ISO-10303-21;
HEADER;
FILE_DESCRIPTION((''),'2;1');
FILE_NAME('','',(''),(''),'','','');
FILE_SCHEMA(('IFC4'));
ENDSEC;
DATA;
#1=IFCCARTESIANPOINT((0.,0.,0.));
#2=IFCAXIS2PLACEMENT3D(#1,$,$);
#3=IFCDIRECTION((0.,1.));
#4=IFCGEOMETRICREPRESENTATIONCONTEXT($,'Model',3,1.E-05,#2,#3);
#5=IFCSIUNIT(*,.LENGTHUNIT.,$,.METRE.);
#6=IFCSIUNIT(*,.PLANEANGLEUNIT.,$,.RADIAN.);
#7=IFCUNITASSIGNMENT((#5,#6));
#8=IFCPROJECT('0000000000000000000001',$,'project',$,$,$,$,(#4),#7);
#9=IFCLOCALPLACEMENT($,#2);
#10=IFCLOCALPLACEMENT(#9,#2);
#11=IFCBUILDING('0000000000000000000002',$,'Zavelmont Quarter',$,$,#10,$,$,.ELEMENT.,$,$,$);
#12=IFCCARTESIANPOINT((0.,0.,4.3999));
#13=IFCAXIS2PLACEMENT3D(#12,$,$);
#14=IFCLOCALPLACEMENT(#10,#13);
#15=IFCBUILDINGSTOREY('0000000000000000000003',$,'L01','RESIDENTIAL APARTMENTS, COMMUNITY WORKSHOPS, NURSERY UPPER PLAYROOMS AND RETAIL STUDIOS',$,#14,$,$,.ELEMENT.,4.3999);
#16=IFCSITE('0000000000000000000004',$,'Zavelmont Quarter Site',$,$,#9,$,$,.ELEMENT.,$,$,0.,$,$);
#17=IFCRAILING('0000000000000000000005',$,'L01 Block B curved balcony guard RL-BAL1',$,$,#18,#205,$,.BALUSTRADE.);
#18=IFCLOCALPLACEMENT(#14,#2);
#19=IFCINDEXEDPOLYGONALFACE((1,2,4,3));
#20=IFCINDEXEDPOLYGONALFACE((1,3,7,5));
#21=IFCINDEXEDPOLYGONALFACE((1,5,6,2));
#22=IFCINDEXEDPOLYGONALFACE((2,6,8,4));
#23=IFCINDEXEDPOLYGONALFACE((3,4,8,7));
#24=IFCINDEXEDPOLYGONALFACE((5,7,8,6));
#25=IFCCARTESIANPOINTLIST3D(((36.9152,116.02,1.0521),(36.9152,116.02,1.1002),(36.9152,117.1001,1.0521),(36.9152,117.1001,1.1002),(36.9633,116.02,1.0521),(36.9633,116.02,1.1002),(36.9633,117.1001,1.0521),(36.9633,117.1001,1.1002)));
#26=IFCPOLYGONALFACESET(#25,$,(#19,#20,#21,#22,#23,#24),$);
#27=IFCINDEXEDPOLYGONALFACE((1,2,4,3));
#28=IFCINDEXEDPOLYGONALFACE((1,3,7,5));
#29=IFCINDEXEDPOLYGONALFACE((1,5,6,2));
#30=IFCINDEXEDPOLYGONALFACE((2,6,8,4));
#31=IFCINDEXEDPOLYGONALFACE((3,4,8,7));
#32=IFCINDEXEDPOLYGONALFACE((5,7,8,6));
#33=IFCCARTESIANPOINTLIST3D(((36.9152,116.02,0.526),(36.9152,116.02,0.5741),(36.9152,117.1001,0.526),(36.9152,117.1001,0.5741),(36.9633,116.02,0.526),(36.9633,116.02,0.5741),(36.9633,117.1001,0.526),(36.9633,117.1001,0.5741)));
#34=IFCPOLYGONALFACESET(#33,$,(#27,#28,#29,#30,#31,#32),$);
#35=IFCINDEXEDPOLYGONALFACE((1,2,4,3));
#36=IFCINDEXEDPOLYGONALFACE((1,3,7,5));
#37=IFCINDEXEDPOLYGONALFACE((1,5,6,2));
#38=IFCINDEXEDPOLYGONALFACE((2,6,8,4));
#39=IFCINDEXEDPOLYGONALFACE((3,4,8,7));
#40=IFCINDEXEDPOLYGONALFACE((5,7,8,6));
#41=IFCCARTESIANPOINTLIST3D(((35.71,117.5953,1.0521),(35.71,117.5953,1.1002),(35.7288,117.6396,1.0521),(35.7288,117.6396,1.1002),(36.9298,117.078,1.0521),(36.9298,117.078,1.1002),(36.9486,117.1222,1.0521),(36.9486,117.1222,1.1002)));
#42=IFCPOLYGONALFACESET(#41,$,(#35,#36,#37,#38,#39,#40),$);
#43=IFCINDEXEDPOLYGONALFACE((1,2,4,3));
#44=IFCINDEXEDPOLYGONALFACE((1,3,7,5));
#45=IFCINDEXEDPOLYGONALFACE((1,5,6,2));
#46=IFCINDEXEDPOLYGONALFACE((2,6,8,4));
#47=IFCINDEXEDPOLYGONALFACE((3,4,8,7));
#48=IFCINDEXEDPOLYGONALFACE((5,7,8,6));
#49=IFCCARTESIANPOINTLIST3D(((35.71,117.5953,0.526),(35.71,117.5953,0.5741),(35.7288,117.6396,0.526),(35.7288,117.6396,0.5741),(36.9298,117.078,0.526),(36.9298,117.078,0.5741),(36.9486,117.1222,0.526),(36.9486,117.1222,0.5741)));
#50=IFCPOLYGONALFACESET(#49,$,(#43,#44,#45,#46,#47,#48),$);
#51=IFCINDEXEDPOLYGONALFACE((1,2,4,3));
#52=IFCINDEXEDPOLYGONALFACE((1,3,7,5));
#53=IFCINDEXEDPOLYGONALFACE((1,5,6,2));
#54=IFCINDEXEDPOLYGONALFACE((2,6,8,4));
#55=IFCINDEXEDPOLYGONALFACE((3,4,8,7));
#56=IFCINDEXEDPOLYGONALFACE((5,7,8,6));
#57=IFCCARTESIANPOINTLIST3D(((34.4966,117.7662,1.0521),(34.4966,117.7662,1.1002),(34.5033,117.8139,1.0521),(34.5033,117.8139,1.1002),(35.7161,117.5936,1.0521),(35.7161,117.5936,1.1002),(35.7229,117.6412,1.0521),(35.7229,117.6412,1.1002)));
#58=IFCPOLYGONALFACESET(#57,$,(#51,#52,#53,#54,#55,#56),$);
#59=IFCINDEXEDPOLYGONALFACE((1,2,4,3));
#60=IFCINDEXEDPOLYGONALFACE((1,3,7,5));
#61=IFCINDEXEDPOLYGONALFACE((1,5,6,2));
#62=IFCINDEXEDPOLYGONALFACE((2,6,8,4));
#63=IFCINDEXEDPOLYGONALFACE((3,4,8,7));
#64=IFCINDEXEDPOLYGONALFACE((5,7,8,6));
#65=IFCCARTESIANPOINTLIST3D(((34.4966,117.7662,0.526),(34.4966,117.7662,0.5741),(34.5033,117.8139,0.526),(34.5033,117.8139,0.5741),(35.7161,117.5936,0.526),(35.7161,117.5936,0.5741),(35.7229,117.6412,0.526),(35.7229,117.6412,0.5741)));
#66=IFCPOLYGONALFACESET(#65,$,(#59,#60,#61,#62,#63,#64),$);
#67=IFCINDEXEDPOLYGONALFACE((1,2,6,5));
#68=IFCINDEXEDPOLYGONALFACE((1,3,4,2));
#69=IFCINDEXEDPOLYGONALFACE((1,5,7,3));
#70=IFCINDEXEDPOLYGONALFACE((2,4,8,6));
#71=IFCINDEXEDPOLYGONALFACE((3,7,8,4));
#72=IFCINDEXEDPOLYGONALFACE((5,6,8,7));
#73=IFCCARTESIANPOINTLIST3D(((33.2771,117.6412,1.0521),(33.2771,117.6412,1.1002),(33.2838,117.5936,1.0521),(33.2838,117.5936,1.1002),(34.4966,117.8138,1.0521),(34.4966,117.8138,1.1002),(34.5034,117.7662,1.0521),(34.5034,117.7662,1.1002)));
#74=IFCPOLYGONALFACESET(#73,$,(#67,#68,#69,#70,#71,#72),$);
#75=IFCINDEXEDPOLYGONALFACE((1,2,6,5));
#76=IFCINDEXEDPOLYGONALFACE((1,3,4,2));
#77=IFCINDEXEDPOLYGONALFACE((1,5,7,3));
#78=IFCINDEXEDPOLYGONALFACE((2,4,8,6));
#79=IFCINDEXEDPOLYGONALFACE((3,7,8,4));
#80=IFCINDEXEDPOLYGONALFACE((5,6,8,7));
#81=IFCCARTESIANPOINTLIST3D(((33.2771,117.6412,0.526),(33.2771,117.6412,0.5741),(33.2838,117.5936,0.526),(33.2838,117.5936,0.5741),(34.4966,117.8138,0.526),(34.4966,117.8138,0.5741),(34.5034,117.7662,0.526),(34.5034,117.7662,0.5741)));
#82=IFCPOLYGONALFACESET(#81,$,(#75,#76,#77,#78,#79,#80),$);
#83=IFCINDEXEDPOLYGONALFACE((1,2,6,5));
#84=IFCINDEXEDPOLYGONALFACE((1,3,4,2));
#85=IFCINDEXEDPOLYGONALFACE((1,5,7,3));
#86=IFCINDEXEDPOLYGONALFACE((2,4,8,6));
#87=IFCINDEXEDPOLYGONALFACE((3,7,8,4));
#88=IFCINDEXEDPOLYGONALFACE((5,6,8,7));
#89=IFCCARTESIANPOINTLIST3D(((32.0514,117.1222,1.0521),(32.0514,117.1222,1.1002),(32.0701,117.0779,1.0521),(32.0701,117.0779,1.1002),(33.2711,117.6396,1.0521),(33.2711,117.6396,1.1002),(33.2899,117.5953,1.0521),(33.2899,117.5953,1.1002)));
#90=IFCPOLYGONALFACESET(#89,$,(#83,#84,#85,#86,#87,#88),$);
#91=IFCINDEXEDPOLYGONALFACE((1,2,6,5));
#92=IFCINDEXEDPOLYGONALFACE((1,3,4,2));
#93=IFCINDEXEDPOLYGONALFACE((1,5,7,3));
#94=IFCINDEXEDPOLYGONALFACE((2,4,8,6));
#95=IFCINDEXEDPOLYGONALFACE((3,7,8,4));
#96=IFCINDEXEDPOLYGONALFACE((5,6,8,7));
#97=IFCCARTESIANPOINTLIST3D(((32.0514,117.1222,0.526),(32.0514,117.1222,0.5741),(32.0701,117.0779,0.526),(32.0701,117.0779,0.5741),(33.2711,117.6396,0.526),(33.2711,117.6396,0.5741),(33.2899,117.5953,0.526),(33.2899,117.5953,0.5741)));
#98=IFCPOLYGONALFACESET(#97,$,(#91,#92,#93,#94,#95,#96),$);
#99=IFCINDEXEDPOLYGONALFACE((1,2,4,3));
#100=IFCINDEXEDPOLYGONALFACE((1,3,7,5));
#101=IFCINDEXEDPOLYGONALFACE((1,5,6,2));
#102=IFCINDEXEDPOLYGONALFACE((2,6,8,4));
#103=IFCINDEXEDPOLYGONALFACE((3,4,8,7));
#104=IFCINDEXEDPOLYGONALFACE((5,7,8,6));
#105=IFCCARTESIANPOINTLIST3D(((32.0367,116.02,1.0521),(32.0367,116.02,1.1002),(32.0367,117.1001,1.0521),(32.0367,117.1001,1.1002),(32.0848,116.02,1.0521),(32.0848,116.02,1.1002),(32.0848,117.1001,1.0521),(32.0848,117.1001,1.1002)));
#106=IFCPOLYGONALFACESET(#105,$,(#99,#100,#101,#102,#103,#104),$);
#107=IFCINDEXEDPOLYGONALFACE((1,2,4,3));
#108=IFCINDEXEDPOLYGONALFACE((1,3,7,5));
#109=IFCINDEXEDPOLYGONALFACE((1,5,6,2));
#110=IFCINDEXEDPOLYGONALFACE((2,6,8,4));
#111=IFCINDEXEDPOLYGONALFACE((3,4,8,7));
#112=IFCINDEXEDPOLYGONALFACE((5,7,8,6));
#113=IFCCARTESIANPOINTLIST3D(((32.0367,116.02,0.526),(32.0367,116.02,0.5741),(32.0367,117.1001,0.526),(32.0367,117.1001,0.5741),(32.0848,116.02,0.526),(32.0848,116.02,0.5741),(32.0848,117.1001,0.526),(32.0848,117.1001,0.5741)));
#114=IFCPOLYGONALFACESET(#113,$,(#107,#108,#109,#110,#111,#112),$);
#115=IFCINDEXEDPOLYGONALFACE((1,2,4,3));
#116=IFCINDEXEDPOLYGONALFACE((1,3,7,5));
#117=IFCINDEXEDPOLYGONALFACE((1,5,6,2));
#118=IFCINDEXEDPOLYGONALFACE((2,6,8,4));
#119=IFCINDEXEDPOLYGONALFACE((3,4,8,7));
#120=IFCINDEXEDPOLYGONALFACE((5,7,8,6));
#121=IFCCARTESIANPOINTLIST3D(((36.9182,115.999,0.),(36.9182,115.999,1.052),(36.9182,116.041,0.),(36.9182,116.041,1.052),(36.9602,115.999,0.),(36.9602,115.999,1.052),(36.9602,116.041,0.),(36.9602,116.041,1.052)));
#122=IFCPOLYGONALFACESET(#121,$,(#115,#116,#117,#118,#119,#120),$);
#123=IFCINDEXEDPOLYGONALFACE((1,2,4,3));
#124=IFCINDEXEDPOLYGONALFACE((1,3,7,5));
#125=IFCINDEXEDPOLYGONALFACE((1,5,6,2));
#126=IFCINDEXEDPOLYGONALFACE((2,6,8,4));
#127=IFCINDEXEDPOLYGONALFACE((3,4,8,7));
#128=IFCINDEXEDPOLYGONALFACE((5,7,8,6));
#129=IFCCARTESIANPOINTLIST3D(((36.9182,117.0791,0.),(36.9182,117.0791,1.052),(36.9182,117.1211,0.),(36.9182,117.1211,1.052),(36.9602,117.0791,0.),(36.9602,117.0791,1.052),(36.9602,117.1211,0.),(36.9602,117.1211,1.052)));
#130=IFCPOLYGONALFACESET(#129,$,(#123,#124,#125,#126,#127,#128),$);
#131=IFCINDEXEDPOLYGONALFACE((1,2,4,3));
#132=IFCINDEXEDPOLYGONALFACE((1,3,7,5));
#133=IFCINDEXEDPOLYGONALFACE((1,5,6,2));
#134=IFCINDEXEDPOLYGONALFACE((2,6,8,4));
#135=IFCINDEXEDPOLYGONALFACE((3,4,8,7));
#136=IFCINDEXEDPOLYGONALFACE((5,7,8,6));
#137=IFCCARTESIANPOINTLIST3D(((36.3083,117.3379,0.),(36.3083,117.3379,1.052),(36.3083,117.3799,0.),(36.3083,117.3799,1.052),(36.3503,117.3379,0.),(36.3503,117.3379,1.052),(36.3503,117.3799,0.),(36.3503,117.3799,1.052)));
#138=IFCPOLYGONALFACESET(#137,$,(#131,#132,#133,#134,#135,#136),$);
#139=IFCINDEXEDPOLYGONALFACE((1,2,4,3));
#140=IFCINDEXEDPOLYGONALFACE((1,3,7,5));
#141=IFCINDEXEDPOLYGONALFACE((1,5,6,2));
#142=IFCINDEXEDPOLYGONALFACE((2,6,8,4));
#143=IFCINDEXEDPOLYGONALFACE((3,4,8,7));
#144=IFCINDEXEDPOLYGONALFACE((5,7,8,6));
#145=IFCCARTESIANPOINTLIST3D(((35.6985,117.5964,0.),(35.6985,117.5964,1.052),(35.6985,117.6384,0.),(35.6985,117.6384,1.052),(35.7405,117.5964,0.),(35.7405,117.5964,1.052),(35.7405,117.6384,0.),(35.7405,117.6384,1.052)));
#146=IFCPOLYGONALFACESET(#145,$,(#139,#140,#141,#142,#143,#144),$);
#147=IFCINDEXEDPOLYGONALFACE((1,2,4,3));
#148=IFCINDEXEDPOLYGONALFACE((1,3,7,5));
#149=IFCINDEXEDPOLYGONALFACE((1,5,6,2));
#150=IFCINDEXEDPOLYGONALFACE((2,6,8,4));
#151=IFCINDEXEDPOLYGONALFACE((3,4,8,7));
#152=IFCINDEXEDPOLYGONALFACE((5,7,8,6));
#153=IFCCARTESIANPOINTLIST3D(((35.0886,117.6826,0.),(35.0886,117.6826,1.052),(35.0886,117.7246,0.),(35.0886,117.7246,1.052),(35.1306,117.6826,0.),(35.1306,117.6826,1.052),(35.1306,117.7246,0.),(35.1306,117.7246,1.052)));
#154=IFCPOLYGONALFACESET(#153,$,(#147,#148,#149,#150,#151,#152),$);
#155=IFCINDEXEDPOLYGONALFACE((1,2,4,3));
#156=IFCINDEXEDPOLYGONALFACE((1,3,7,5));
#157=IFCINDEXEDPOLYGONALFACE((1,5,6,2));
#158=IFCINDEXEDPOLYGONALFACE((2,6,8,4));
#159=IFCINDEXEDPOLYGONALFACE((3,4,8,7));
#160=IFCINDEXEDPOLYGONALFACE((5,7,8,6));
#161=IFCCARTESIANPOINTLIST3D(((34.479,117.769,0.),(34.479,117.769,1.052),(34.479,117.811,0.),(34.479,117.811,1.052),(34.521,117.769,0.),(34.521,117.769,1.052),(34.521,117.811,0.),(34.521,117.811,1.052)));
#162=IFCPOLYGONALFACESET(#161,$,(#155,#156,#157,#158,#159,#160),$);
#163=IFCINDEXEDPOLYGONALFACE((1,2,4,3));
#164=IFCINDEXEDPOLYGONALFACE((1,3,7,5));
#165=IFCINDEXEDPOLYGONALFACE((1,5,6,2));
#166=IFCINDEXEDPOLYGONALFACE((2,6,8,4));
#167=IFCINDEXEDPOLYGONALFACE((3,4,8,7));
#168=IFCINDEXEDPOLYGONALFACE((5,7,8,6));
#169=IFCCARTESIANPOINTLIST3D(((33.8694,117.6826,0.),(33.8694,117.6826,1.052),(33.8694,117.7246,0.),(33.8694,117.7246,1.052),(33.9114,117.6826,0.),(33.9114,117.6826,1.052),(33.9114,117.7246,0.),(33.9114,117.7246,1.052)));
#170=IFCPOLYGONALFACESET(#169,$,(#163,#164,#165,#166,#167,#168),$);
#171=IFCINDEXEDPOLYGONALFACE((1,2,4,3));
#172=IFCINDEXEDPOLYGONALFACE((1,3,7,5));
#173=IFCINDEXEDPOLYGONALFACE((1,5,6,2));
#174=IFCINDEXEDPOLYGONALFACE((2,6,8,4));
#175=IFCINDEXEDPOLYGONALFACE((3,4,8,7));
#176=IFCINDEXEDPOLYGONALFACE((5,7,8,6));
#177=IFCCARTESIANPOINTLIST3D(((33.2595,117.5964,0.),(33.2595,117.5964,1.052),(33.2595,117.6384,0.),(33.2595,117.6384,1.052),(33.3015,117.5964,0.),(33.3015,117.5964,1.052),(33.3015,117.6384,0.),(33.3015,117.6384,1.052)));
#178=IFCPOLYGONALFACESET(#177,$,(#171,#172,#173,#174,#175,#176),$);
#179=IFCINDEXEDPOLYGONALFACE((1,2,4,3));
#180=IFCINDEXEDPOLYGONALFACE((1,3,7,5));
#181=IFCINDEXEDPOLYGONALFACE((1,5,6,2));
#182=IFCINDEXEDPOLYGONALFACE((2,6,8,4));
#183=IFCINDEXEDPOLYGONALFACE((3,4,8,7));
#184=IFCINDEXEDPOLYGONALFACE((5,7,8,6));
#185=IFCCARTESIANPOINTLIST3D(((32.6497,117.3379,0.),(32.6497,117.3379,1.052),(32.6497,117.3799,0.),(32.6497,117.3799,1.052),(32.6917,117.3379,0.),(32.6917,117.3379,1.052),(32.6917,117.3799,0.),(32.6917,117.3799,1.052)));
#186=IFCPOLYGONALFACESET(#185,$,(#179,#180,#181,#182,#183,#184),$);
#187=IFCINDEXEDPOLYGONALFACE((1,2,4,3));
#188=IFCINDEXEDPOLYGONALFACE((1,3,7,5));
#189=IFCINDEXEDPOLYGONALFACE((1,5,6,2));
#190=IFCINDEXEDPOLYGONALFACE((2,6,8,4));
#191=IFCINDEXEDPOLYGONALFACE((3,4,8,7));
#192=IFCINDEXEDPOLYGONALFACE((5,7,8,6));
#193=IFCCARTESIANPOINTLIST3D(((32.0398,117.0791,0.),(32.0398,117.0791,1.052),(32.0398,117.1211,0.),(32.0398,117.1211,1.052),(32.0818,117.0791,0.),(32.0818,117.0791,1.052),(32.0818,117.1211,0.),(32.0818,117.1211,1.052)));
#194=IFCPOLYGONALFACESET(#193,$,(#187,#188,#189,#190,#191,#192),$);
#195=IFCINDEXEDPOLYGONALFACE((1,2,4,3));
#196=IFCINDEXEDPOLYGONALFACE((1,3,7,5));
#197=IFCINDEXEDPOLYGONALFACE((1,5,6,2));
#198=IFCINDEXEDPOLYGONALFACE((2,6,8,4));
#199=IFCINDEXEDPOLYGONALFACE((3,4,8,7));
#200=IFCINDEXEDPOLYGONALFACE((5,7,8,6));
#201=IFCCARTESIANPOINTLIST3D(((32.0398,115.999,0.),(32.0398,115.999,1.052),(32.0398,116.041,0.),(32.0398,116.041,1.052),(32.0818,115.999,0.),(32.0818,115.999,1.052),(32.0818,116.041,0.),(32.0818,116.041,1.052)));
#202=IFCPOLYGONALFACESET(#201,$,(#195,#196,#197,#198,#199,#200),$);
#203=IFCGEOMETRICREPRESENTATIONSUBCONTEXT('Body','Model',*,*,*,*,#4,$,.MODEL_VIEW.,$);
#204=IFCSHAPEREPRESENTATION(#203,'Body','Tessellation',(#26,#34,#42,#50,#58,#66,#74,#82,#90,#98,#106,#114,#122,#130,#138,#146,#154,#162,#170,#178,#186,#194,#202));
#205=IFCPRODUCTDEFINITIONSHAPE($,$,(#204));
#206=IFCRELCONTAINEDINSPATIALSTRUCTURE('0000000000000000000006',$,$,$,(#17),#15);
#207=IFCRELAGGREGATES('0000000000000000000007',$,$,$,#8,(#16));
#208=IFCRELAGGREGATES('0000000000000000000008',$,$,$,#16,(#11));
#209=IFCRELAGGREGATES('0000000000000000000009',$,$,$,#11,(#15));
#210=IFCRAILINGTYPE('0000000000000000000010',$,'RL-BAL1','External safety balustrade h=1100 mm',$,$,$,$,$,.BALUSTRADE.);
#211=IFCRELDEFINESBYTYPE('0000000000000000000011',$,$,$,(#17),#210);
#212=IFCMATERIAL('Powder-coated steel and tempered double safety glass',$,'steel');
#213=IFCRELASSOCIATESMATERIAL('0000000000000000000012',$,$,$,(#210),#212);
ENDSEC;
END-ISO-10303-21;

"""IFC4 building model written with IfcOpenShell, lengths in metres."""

from ifc_helpers import new_model, si_unit, direction, frame, origin, origin_2d, place, context, subcontext, project, spatial, rectangle, extrude, material, type_object, element, save


model = new_model("IFC4")

# Units and contexts
model_context = context("Model", 3, precision=1e-05, world=origin(), true_north=direction((0.0, 1.0)))
body_context = subcontext(model_context, "Body", "Model", "MODEL_VIEW")
ifc_project = project(units=[si_unit("LENGTHUNIT", "METRE"), si_unit("PLANEANGLEUNIT", "RADIAN")], contexts=[model_context])

# Site, building, storey
site_placement = place(None, origin())
site = spatial("IfcSite", under=ifc_project, at=site_placement, Name="Zavelmont Quarter Site", CompositionType="ELEMENT", RefElevation=0.0)
building_placement = place(site_placement, origin())
building = spatial("IfcBuilding", under=site, at=building_placement, Name="Zavelmont Quarter", CompositionType="ELEMENT")
storey_placement = place(building_placement, frame((0.0, 0.0, 4.3999)))
storey = spatial("IfcBuildingStorey", under=building, at=storey_placement, Name="L01", Description="RESIDENTIAL APARTMENTS, COMMUNITY WORKSHOPS, NURSERY UPPER PLAYROOMS AND RETAIL STUDIOS", CompositionType="ELEMENT", Elevation=4.3999)

# Railing
ifc_material_1 = material(Name="Powder-coated steel and tempered double safety glass", Category="steel")
railing_type = type_object("IfcRailingType", Name="RL-BAL1", Description="External safety balustrade h=1100 mm", PredefinedType="BALUSTRADE", material=ifc_material_1)
railing_placement = place(storey_placement, frame((36.9392, 116.02, 0.0)))
element("IfcRailing", 1, at=railing_placement, inside=storey, type_object=railing_type, Name="L01 Block B curved balcony guard RL-BAL1", PredefinedType="BALUSTRADE", context=body_context, shape_type="SweptSolid", body=[
    extrude(rectangle(XDim=0.0481, YDim=0.0481, at=origin_2d()), frame((0.0, 0.0, 1.0762), z_axis=(0.0, 1.0, 0.0), x_axis=(-1.0, 0.0, 0.0)), (0.0, 0.0, 1.0), 1.0801),
    extrude(rectangle(XDim=0.0481, YDim=0.0481, at=origin_2d()), frame((0.0, 0.0, 0.55), z_axis=(0.0, 1.0, 0.0), x_axis=(-1.0, 0.0, 0.0)), (0.0, 0.0, 1.0), 1.0801),
    extrude(rectangle(XDim=0.0481, YDim=0.0481, at=origin_2d()), frame((0.0, 1.0801, 1.0762), z_axis=(-0.920616, 0.390469, 0.0), x_axis=(-0.390469, -0.920616, 0.0)), (0.0, 0.0, 1.0), 1.325),
    extrude(rectangle(XDim=0.0481, YDim=0.0481, at=origin_2d()), frame((0.0, 1.0801, 0.55), z_axis=(-0.920616, 0.390469, 0.0), x_axis=(-0.390469, -0.920616, 0.0)), (0.0, 0.0, 1.0), 1.325),
    extrude(rectangle(XDim=0.0481, YDim=0.0481, at=origin_2d()), frame((-1.2197, 1.5974, 1.0762), z_axis=(-0.990131, 0.140145, 0.0), x_axis=(-0.140145, -0.990131, 0.0)), (0.0, 0.0, 1.0), 1.2317),
    extrude(rectangle(XDim=0.0481, YDim=0.0481, at=origin_2d()), frame((-1.2197, 1.5974, 0.55), z_axis=(-0.990131, 0.140145, 0.0), x_axis=(-0.140145, -0.990131, 0.0)), (0.0, 0.0, 1.0), 1.2317),
    extrude(rectangle(XDim=0.0481, YDim=0.0481, at=origin_2d()), frame((-2.4392, 1.77, 1.0762), z_axis=(-0.990131, -0.140145, 0.0), x_axis=(0.140145, -0.990131, 0.0)), (0.0, 0.0, 1.0), 1.2317),
    extrude(rectangle(XDim=0.0481, YDim=0.0481, at=origin_2d()), frame((-2.4392, 1.77, 0.55), z_axis=(-0.990131, -0.140145, 0.0), x_axis=(0.140145, -0.990131, 0.0)), (0.0, 0.0, 1.0), 1.2317),
    extrude(rectangle(XDim=0.0481, YDim=0.0481, at=origin_2d()), frame((-3.6587, 1.5974, 1.0762), z_axis=(-0.920616, -0.390469, 0.0), x_axis=(0.390469, -0.920616, 0.0)), (0.0, 0.0, 1.0), 1.325),
    extrude(rectangle(XDim=0.0481, YDim=0.0481, at=origin_2d()), frame((-3.6587, 1.5974, 0.55), z_axis=(-0.920616, -0.390469, 0.0), x_axis=(0.390469, -0.920616, 0.0)), (0.0, 0.0, 1.0), 1.325),
    extrude(rectangle(XDim=0.0481, YDim=0.0481, at=origin_2d()), frame((-4.8784, 1.0801, 1.0762), z_axis=(0.0, -1.0, 0.0), x_axis=(1.0, 0.0, 0.0)), (0.0, 0.0, 1.0), 1.0801),
    extrude(rectangle(XDim=0.0481, YDim=0.0481, at=origin_2d()), frame((-4.8784, 1.0801, 0.55), z_axis=(0.0, -1.0, 0.0), x_axis=(1.0, 0.0, 0.0)), (0.0, 0.0, 1.0), 1.0801),
    extrude(rectangle(XDim=0.042, YDim=0.042, at=origin_2d()), origin(), (0.0, 0.0, 1.0), 1.052),
    extrude(rectangle(XDim=0.042, YDim=0.042, at=origin_2d()), frame((0.0, 1.0801, 0.0)), (0.0, 0.0, 1.0), 1.052),
    extrude(rectangle(XDim=0.042, YDim=0.042, at=origin_2d()), frame((-0.6099, 1.3389, 0.0)), (0.0, 0.0, 1.0), 1.052),
    extrude(rectangle(XDim=0.042, YDim=0.042, at=origin_2d()), frame((-1.2197, 1.5974, 0.0)), (0.0, 0.0, 1.0), 1.052),
    extrude(rectangle(XDim=0.042, YDim=0.042, at=origin_2d()), frame((-1.8296, 1.6836, 0.0)), (0.0, 0.0, 1.0), 1.052),
    extrude(rectangle(XDim=0.042, YDim=0.042, at=origin_2d()), frame((-2.4392, 1.77, 0.0)), (0.0, 0.0, 1.0), 1.052),
    extrude(rectangle(XDim=0.042, YDim=0.042, at=origin_2d()), frame((-3.0488, 1.6836, 0.0)), (0.0, 0.0, 1.0), 1.052),
    extrude(rectangle(XDim=0.042, YDim=0.042, at=origin_2d()), frame((-3.6587, 1.5974, 0.0)), (0.0, 0.0, 1.0), 1.052),
    extrude(rectangle(XDim=0.042, YDim=0.042, at=origin_2d()), frame((-4.2686, 1.3389, 0.0)), (0.0, 0.0, 1.0), 1.052),
    extrude(rectangle(XDim=0.042, YDim=0.042, at=origin_2d()), frame((-4.8784, 1.0801, 0.0)), (0.0, 0.0, 1.0), 1.052),
    extrude(rectangle(XDim=0.042, YDim=0.042, at=origin_2d()), frame((-4.8784, 0.0, 0.0)), (0.0, 0.0, 1.0), 1.052),
])

save(model, "model.ifc")
